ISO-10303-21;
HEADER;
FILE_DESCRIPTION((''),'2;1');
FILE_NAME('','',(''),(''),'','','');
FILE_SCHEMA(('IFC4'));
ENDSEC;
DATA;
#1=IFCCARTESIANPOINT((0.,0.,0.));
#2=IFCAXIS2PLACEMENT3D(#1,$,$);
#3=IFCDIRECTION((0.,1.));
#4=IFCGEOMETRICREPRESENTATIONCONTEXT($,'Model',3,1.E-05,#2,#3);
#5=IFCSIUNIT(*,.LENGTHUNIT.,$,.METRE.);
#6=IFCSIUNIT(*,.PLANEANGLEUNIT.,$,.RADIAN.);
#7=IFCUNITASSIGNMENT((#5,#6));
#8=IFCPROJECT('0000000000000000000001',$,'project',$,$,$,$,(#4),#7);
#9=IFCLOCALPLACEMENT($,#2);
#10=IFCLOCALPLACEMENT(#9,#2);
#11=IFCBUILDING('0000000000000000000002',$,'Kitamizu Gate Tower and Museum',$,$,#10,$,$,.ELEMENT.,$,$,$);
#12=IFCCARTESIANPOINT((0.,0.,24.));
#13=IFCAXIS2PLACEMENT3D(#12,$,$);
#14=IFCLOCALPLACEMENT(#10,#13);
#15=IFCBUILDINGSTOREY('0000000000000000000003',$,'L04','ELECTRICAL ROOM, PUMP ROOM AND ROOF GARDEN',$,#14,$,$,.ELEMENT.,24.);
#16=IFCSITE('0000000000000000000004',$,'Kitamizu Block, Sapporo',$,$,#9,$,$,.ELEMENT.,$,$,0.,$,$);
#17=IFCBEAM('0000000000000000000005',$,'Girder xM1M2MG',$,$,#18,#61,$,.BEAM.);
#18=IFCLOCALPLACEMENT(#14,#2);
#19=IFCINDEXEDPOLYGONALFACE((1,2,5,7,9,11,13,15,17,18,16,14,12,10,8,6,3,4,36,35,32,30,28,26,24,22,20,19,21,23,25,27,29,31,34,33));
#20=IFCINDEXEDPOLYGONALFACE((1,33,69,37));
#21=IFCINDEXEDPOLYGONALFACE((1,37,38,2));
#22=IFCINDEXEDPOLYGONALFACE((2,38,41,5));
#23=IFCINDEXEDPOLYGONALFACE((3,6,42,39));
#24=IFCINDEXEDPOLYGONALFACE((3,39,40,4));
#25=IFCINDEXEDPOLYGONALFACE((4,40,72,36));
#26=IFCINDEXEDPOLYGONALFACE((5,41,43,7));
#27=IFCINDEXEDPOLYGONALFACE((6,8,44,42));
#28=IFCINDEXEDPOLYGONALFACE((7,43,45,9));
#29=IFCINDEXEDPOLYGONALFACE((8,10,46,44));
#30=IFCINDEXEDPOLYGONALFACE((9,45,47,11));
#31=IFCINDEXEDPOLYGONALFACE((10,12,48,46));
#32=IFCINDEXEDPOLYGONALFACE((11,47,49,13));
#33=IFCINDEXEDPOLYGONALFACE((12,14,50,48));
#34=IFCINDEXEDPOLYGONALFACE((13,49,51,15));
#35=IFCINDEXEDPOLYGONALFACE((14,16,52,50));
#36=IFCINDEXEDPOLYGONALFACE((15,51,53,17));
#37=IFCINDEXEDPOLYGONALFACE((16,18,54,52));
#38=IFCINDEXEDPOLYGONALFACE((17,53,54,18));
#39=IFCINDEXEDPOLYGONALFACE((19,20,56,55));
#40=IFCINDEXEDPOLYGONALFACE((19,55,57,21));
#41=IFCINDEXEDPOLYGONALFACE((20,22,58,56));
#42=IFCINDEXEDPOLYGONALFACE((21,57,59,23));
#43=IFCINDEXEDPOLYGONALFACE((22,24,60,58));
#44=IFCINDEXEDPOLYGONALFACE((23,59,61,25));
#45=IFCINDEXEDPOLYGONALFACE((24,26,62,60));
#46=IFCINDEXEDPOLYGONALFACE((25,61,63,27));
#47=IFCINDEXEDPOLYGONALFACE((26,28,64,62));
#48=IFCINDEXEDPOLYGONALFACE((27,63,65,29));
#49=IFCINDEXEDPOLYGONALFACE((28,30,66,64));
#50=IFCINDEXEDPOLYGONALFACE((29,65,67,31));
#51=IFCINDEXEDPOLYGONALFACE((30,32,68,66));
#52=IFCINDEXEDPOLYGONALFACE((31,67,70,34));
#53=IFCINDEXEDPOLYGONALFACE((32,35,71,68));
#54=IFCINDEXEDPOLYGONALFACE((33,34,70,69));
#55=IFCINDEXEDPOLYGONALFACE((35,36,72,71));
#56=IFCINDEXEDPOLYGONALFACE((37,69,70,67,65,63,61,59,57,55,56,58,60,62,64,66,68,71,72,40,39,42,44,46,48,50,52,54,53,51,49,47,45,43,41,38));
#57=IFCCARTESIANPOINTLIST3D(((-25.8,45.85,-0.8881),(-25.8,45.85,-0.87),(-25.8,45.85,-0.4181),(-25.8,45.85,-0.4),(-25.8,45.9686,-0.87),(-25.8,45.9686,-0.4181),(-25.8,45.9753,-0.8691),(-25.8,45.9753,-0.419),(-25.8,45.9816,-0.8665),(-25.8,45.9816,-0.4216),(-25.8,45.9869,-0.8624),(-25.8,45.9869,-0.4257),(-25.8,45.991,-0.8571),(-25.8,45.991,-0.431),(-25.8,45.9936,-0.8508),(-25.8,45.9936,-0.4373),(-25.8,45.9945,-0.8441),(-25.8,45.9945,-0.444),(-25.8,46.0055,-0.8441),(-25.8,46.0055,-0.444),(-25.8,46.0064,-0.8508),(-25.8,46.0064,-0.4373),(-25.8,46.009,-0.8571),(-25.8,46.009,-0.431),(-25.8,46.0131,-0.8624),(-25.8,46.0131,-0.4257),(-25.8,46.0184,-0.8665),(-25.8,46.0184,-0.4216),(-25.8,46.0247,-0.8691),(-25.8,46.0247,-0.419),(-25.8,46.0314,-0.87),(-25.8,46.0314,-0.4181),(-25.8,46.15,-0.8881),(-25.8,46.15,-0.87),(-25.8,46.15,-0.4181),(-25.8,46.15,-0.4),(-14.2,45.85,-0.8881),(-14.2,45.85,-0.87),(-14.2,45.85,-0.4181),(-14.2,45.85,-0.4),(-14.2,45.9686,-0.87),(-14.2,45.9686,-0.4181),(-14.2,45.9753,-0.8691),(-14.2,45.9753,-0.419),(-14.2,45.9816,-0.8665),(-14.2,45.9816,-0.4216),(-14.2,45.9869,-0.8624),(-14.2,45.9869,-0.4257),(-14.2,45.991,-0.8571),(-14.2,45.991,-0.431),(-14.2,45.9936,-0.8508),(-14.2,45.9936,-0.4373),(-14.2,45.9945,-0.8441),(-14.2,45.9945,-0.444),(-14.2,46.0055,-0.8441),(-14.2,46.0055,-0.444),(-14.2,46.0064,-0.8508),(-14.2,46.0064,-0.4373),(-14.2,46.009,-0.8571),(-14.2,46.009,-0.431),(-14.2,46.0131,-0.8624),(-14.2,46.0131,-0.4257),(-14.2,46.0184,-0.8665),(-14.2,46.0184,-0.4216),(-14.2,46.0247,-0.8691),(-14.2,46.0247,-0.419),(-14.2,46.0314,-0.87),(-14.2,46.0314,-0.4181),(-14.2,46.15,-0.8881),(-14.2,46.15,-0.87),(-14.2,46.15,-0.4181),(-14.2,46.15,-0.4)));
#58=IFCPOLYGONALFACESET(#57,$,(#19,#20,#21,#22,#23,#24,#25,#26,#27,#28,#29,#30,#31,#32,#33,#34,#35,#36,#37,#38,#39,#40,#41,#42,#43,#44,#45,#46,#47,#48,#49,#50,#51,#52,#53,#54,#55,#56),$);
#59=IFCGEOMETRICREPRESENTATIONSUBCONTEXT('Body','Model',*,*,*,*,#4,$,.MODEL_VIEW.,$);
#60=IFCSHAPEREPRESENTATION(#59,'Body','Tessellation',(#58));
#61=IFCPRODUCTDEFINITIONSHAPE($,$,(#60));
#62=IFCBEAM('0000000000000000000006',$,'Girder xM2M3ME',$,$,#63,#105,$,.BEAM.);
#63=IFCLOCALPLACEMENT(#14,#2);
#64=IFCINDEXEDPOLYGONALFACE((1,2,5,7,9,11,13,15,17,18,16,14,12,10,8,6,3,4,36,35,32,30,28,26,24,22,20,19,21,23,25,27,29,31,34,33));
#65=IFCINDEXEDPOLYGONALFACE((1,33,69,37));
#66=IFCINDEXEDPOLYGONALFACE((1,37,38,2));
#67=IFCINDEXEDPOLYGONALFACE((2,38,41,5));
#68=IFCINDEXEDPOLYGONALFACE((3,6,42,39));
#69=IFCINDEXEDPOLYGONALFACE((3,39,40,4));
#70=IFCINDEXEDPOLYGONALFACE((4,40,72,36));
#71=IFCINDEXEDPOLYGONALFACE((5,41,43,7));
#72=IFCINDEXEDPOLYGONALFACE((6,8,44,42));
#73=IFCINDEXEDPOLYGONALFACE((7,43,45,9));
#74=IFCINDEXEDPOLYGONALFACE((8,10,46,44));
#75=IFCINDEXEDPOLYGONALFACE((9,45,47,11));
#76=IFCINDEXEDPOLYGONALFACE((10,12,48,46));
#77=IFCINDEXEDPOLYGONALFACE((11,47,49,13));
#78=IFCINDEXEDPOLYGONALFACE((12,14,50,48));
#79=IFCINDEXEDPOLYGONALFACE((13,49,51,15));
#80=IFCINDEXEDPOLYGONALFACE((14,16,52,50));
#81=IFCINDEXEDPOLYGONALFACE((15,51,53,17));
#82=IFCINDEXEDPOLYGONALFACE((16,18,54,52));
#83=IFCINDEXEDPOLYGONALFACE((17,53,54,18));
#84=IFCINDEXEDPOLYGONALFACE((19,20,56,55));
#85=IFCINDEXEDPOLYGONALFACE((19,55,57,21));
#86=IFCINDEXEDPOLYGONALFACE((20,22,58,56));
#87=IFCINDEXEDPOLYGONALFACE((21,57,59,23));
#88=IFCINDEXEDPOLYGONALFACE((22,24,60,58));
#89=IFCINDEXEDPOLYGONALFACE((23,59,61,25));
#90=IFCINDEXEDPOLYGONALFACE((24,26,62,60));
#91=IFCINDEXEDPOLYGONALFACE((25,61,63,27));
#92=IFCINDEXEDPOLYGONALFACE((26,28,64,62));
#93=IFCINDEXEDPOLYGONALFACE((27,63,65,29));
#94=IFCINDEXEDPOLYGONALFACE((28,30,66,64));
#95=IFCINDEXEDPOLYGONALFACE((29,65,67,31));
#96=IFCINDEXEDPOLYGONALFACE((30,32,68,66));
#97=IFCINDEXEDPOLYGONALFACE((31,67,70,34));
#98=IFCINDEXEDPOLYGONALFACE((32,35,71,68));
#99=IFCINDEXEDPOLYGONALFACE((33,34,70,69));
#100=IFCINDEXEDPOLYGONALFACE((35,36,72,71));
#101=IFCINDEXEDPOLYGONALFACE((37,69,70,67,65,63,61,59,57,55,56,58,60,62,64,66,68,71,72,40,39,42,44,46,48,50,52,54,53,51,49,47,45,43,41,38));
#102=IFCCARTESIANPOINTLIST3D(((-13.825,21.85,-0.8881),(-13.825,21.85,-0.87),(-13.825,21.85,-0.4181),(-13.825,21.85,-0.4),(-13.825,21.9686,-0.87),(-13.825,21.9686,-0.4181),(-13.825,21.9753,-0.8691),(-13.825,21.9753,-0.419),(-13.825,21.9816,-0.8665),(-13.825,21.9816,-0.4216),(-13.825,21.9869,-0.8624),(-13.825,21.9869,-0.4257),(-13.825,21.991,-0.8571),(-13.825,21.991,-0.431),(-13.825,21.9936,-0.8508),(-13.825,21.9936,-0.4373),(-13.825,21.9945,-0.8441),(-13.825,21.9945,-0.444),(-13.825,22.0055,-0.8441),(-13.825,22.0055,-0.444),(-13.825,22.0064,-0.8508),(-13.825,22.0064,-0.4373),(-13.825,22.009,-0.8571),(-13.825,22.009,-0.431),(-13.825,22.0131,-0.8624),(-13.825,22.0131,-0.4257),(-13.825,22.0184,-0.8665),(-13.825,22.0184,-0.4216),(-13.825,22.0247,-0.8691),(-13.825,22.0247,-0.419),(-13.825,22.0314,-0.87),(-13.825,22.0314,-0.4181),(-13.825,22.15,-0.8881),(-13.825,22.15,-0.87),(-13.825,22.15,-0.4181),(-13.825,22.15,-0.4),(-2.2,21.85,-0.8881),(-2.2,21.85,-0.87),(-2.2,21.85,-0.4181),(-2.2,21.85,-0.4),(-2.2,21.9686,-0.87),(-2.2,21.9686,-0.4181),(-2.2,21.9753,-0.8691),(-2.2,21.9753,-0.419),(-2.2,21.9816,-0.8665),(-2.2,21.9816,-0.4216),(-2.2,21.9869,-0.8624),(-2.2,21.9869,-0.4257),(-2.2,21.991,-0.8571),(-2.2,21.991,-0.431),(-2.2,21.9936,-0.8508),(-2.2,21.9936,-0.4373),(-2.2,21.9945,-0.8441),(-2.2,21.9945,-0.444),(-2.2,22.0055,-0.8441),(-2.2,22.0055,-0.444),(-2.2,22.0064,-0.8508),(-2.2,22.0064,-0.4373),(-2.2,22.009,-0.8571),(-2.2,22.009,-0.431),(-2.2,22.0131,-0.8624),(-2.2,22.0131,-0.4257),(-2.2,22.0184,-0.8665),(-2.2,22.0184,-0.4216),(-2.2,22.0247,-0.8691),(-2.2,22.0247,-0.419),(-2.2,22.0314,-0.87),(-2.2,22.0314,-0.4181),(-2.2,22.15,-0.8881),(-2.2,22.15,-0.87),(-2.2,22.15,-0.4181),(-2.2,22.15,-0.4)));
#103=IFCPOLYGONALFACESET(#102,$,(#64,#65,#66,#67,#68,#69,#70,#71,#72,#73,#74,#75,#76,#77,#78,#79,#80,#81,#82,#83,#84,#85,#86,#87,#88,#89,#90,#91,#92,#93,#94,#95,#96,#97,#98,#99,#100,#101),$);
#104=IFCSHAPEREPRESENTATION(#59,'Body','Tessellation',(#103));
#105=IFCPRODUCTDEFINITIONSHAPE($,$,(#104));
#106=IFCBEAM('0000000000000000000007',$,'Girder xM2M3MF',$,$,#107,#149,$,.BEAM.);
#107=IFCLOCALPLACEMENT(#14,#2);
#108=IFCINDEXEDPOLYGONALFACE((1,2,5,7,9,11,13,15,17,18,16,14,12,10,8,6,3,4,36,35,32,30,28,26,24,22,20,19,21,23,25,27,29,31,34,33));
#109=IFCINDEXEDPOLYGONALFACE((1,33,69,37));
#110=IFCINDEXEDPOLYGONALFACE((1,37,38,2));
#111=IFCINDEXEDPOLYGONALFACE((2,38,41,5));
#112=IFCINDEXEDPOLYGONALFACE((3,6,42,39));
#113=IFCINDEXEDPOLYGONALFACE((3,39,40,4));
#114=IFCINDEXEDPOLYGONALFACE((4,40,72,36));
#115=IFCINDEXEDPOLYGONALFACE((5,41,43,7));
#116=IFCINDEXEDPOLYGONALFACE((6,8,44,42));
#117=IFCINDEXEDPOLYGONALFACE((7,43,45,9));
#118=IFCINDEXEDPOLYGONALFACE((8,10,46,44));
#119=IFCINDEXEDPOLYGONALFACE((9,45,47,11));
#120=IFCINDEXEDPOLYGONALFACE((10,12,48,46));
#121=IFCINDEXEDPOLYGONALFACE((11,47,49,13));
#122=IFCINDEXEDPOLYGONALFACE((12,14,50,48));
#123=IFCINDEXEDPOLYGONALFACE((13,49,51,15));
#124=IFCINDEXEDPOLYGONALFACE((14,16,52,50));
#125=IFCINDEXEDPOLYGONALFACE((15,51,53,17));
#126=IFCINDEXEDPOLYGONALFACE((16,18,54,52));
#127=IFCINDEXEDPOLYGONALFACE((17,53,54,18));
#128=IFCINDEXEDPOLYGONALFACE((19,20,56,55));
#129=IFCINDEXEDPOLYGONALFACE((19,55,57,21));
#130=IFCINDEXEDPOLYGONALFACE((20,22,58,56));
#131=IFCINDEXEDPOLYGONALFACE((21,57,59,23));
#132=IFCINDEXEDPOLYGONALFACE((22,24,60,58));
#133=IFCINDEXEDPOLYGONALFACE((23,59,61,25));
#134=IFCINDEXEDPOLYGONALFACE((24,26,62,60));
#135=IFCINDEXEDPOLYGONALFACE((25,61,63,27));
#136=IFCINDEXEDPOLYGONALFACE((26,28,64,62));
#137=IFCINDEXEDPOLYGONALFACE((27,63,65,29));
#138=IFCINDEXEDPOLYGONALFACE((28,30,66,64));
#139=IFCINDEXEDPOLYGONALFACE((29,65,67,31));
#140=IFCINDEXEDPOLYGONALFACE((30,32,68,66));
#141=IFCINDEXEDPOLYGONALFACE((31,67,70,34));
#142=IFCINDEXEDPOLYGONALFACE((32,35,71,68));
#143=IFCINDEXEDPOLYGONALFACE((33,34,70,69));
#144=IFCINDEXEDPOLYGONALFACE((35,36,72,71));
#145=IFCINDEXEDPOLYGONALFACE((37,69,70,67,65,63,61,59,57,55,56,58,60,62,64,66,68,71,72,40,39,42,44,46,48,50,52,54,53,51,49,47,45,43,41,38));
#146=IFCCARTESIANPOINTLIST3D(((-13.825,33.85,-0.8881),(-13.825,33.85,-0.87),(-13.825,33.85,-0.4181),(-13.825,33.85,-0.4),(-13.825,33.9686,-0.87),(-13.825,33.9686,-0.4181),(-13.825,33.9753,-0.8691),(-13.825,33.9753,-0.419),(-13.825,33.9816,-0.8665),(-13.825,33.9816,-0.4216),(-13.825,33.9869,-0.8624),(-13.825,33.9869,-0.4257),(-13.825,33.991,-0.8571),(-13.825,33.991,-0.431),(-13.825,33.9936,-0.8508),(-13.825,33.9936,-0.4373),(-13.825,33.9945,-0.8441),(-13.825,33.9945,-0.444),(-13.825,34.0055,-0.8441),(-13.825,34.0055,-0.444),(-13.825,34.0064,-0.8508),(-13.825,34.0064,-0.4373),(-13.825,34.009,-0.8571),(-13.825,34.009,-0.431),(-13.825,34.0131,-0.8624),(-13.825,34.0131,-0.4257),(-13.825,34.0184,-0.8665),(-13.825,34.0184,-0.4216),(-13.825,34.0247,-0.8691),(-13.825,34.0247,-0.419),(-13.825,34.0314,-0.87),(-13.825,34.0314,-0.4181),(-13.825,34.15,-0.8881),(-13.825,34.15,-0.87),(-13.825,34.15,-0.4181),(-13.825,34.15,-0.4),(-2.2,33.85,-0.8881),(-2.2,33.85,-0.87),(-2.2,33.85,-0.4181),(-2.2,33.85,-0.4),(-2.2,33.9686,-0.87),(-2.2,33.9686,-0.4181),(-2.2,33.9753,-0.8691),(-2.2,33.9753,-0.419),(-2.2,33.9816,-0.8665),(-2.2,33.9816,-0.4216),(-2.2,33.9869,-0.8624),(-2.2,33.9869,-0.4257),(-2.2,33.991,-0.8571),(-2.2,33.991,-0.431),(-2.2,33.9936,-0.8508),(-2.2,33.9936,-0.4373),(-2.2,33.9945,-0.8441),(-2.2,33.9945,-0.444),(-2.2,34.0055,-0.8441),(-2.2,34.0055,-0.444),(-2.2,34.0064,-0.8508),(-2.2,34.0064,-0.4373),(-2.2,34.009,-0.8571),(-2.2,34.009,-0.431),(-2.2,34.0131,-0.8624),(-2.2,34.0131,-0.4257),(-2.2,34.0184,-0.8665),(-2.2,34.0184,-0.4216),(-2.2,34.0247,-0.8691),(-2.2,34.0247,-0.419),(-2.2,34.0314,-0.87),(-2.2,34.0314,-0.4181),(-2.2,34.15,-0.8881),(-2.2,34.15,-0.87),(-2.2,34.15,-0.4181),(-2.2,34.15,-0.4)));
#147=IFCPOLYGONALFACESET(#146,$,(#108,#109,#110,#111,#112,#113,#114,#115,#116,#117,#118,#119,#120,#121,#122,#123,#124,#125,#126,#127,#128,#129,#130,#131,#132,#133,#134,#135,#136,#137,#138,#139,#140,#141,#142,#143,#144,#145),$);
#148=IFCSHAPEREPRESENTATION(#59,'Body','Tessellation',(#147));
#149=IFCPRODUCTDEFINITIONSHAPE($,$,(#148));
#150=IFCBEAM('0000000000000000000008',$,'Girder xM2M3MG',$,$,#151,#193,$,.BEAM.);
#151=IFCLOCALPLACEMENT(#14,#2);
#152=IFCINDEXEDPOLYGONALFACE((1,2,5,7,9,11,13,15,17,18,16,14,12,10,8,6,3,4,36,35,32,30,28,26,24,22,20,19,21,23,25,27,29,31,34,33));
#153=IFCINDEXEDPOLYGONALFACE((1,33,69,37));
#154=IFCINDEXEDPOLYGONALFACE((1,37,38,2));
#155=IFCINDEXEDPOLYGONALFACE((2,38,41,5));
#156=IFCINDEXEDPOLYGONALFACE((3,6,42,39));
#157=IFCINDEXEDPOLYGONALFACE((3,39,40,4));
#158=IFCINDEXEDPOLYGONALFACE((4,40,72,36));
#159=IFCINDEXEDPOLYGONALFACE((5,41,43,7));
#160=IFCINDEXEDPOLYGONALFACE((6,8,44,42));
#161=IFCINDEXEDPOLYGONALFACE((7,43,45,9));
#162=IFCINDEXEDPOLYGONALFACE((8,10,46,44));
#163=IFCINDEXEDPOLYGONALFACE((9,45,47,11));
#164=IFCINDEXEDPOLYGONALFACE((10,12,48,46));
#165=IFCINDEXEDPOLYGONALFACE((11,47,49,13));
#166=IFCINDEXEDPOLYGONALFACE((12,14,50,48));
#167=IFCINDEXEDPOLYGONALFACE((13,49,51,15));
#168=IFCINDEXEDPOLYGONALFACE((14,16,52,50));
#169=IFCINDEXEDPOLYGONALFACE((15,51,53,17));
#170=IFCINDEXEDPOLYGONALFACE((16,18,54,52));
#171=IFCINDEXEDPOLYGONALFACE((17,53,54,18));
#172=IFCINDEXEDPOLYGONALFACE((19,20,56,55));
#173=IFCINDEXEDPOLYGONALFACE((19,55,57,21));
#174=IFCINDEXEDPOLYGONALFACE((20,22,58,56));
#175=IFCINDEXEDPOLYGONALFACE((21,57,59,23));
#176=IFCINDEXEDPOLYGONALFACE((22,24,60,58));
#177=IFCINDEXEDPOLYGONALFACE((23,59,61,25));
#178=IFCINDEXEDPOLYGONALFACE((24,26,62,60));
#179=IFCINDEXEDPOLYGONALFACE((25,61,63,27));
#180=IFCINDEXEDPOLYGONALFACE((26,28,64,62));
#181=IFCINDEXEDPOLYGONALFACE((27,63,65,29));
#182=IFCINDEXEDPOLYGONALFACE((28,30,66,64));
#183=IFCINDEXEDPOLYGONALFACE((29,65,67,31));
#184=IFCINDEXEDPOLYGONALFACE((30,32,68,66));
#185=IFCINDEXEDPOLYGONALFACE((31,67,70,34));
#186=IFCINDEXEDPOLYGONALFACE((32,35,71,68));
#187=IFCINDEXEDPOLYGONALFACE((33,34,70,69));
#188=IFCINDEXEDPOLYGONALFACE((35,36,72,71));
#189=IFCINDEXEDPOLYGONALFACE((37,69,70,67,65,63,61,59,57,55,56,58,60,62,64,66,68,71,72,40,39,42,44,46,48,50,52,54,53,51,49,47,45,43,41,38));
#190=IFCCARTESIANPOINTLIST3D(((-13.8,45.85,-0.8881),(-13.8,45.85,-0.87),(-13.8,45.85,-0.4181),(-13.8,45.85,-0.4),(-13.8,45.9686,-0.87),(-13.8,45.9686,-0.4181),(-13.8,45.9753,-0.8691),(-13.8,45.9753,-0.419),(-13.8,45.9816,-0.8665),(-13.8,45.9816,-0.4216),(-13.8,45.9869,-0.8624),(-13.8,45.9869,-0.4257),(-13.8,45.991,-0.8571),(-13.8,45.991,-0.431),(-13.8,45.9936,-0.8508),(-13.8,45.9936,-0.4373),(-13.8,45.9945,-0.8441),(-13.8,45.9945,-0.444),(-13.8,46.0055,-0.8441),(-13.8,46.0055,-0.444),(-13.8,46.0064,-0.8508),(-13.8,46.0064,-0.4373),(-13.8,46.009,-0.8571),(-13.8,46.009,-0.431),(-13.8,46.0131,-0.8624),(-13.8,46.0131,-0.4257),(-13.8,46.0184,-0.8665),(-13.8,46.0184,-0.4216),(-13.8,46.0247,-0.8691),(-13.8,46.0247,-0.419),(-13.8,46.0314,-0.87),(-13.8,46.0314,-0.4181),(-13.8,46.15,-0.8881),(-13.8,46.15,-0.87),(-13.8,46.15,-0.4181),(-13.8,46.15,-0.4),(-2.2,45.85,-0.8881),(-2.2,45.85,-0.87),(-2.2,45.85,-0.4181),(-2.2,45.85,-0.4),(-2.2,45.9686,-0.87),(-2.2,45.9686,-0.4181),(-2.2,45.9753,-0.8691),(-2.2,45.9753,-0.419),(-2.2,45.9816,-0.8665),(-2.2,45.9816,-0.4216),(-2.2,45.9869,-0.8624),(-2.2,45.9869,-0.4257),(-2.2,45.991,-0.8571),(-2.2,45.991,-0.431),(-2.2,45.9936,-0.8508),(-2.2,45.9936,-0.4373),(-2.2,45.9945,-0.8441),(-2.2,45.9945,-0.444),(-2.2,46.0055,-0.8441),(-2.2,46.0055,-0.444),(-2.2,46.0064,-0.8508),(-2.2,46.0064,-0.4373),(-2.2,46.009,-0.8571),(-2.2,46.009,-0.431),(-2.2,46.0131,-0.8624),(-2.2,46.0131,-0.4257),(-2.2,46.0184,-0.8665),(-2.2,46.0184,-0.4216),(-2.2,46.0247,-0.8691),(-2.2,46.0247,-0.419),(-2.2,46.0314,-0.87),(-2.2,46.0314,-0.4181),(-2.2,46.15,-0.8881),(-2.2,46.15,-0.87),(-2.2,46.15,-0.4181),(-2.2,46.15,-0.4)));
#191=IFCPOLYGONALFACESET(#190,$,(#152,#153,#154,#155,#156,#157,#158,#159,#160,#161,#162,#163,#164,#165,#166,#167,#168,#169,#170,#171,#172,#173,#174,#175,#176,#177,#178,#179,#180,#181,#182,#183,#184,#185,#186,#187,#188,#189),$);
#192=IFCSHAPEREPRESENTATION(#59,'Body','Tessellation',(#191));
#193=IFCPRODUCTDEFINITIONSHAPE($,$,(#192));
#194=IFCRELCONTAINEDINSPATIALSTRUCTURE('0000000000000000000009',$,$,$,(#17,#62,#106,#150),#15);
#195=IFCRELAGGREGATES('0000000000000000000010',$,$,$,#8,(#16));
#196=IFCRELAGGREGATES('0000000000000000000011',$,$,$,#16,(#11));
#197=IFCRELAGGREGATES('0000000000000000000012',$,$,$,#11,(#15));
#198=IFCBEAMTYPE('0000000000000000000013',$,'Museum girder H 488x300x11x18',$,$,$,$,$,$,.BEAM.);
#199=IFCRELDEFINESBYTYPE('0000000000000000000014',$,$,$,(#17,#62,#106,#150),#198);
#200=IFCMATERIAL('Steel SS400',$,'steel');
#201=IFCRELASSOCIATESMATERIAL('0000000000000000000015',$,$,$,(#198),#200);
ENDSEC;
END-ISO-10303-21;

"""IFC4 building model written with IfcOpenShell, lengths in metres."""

from ifc_helpers import new_model, si_unit, direction, frame, origin, origin_2d, place, context, subcontext, project, spatial, i_section, extrude, material, material_profile, profile_set, type_object, element, save


model = new_model("IFC4")

# Units and contexts
model_context = context("Model", 3, precision=1e-05, world=origin(), true_north=direction((0.0, 1.0)))
body_context = subcontext(model_context, "Body", "Model", "MODEL_VIEW")
ifc_project = project(units=[si_unit("LENGTHUNIT", "METRE"), si_unit("PLANEANGLEUNIT", "RADIAN")], contexts=[model_context])

# Site, building, storey
site_placement = place(None, origin())
site = spatial("IfcSite", under=ifc_project, at=site_placement, Name="Kitamizu Block, Sapporo", CompositionType="ELEMENT", RefElevation=0.0)
building_placement = place(site_placement, origin())
building = spatial("IfcBuilding", under=site, at=building_placement, Name="Kitamizu Gate Tower and Museum", CompositionType="ELEMENT")
storey_placement = place(building_placement, frame((0.0, 0.0, 24.0)))
storey = spatial("IfcBuildingStorey", under=building, at=storey_placement, Name="L04", Description="ELECTRICAL ROOM, PUMP ROOM AND ROOF GARDEN", CompositionType="ELEMENT", Elevation=24.0)

# Beams
ifc_material_1 = material(Name="Steel SS400", Category="steel")
ifc_material_profile_1 = material_profile(ifc_material_1, i_section(OverallWidth=0.3, OverallDepth=0.488, WebThickness=0.011, FlangeThickness=0.0181, FilletRadius=0.0259, at=origin_2d()), Name="H-488x300x11x18")
ifc_profile_set_1 = profile_set([ifc_material_profile_1], Name="Steel SS400")
beam_type_1 = type_object("IfcBeamType", Name="Museum girder H 488x300x11x18", PredefinedType="BEAM", material=ifc_profile_set_1)
beam_1_placement = place(storey_placement, frame((-25.8, 46.0, -0.644), z_axis=(1.0, 0.0, 0.0), x_axis=(0.0, 1.0, 0.0)))
element("IfcBeam", 1, at=beam_1_placement, inside=storey, type_object=beam_type_1, Name="Girder xM1M2MG", PredefinedType="BEAM", context=body_context, shape_type="SweptSolid", body=[
    extrude(i_section(OverallWidth=0.3, OverallDepth=0.488, WebThickness=0.011, FlangeThickness=0.0181, FilletRadius=0.0259, at=origin_2d()), origin(), (0.0, 0.0, 1.0), 11.6001),
])
for number, where, z_axis, x_axis, name in (
    (2, (-13.825, 22.0, -0.644), (1.0, 0.0, 0.0), (0.0, 1.0, 0.0), "Girder xM2M3ME"),
    (3, (-13.825, 34.0, -0.644), (1.0, 0.0, 0.0), (0.0, 1.0, 0.0), "Girder xM2M3MF"),
):
    element("IfcBeam", number, at=place(storey_placement, frame(where, z_axis=z_axis, x_axis=x_axis)), inside=storey, type_object=beam_type_1, Name=name, PredefinedType="BEAM", context=body_context, shape_type="SweptSolid", body=[
        extrude(i_section(OverallWidth=0.3, OverallDepth=0.488, WebThickness=0.011, FlangeThickness=0.0181, FilletRadius=0.0259, at=origin_2d()), origin(), (0.0, 0.0, 1.0), 11.625),
    ])
for number, where, z_axis, x_axis, name in (
    (4, (-13.8, 46.0, -0.644), (1.0, 0.0, 0.0), (0.0, 1.0, 0.0), "Girder xM2M3MG"),
):
    element("IfcBeam", number, at=place(storey_placement, frame(where, z_axis=z_axis, x_axis=x_axis)), inside=storey, type_object=beam_type_1, Name=name, PredefinedType="BEAM", context=body_context, shape_type="SweptSolid", body=[
        extrude(i_section(OverallWidth=0.3, OverallDepth=0.488, WebThickness=0.011, FlangeThickness=0.0181, FilletRadius=0.0259, at=origin_2d()), origin(), (0.0, 0.0, 1.0), 11.6001),
    ])

save(model, "model.ifc")
